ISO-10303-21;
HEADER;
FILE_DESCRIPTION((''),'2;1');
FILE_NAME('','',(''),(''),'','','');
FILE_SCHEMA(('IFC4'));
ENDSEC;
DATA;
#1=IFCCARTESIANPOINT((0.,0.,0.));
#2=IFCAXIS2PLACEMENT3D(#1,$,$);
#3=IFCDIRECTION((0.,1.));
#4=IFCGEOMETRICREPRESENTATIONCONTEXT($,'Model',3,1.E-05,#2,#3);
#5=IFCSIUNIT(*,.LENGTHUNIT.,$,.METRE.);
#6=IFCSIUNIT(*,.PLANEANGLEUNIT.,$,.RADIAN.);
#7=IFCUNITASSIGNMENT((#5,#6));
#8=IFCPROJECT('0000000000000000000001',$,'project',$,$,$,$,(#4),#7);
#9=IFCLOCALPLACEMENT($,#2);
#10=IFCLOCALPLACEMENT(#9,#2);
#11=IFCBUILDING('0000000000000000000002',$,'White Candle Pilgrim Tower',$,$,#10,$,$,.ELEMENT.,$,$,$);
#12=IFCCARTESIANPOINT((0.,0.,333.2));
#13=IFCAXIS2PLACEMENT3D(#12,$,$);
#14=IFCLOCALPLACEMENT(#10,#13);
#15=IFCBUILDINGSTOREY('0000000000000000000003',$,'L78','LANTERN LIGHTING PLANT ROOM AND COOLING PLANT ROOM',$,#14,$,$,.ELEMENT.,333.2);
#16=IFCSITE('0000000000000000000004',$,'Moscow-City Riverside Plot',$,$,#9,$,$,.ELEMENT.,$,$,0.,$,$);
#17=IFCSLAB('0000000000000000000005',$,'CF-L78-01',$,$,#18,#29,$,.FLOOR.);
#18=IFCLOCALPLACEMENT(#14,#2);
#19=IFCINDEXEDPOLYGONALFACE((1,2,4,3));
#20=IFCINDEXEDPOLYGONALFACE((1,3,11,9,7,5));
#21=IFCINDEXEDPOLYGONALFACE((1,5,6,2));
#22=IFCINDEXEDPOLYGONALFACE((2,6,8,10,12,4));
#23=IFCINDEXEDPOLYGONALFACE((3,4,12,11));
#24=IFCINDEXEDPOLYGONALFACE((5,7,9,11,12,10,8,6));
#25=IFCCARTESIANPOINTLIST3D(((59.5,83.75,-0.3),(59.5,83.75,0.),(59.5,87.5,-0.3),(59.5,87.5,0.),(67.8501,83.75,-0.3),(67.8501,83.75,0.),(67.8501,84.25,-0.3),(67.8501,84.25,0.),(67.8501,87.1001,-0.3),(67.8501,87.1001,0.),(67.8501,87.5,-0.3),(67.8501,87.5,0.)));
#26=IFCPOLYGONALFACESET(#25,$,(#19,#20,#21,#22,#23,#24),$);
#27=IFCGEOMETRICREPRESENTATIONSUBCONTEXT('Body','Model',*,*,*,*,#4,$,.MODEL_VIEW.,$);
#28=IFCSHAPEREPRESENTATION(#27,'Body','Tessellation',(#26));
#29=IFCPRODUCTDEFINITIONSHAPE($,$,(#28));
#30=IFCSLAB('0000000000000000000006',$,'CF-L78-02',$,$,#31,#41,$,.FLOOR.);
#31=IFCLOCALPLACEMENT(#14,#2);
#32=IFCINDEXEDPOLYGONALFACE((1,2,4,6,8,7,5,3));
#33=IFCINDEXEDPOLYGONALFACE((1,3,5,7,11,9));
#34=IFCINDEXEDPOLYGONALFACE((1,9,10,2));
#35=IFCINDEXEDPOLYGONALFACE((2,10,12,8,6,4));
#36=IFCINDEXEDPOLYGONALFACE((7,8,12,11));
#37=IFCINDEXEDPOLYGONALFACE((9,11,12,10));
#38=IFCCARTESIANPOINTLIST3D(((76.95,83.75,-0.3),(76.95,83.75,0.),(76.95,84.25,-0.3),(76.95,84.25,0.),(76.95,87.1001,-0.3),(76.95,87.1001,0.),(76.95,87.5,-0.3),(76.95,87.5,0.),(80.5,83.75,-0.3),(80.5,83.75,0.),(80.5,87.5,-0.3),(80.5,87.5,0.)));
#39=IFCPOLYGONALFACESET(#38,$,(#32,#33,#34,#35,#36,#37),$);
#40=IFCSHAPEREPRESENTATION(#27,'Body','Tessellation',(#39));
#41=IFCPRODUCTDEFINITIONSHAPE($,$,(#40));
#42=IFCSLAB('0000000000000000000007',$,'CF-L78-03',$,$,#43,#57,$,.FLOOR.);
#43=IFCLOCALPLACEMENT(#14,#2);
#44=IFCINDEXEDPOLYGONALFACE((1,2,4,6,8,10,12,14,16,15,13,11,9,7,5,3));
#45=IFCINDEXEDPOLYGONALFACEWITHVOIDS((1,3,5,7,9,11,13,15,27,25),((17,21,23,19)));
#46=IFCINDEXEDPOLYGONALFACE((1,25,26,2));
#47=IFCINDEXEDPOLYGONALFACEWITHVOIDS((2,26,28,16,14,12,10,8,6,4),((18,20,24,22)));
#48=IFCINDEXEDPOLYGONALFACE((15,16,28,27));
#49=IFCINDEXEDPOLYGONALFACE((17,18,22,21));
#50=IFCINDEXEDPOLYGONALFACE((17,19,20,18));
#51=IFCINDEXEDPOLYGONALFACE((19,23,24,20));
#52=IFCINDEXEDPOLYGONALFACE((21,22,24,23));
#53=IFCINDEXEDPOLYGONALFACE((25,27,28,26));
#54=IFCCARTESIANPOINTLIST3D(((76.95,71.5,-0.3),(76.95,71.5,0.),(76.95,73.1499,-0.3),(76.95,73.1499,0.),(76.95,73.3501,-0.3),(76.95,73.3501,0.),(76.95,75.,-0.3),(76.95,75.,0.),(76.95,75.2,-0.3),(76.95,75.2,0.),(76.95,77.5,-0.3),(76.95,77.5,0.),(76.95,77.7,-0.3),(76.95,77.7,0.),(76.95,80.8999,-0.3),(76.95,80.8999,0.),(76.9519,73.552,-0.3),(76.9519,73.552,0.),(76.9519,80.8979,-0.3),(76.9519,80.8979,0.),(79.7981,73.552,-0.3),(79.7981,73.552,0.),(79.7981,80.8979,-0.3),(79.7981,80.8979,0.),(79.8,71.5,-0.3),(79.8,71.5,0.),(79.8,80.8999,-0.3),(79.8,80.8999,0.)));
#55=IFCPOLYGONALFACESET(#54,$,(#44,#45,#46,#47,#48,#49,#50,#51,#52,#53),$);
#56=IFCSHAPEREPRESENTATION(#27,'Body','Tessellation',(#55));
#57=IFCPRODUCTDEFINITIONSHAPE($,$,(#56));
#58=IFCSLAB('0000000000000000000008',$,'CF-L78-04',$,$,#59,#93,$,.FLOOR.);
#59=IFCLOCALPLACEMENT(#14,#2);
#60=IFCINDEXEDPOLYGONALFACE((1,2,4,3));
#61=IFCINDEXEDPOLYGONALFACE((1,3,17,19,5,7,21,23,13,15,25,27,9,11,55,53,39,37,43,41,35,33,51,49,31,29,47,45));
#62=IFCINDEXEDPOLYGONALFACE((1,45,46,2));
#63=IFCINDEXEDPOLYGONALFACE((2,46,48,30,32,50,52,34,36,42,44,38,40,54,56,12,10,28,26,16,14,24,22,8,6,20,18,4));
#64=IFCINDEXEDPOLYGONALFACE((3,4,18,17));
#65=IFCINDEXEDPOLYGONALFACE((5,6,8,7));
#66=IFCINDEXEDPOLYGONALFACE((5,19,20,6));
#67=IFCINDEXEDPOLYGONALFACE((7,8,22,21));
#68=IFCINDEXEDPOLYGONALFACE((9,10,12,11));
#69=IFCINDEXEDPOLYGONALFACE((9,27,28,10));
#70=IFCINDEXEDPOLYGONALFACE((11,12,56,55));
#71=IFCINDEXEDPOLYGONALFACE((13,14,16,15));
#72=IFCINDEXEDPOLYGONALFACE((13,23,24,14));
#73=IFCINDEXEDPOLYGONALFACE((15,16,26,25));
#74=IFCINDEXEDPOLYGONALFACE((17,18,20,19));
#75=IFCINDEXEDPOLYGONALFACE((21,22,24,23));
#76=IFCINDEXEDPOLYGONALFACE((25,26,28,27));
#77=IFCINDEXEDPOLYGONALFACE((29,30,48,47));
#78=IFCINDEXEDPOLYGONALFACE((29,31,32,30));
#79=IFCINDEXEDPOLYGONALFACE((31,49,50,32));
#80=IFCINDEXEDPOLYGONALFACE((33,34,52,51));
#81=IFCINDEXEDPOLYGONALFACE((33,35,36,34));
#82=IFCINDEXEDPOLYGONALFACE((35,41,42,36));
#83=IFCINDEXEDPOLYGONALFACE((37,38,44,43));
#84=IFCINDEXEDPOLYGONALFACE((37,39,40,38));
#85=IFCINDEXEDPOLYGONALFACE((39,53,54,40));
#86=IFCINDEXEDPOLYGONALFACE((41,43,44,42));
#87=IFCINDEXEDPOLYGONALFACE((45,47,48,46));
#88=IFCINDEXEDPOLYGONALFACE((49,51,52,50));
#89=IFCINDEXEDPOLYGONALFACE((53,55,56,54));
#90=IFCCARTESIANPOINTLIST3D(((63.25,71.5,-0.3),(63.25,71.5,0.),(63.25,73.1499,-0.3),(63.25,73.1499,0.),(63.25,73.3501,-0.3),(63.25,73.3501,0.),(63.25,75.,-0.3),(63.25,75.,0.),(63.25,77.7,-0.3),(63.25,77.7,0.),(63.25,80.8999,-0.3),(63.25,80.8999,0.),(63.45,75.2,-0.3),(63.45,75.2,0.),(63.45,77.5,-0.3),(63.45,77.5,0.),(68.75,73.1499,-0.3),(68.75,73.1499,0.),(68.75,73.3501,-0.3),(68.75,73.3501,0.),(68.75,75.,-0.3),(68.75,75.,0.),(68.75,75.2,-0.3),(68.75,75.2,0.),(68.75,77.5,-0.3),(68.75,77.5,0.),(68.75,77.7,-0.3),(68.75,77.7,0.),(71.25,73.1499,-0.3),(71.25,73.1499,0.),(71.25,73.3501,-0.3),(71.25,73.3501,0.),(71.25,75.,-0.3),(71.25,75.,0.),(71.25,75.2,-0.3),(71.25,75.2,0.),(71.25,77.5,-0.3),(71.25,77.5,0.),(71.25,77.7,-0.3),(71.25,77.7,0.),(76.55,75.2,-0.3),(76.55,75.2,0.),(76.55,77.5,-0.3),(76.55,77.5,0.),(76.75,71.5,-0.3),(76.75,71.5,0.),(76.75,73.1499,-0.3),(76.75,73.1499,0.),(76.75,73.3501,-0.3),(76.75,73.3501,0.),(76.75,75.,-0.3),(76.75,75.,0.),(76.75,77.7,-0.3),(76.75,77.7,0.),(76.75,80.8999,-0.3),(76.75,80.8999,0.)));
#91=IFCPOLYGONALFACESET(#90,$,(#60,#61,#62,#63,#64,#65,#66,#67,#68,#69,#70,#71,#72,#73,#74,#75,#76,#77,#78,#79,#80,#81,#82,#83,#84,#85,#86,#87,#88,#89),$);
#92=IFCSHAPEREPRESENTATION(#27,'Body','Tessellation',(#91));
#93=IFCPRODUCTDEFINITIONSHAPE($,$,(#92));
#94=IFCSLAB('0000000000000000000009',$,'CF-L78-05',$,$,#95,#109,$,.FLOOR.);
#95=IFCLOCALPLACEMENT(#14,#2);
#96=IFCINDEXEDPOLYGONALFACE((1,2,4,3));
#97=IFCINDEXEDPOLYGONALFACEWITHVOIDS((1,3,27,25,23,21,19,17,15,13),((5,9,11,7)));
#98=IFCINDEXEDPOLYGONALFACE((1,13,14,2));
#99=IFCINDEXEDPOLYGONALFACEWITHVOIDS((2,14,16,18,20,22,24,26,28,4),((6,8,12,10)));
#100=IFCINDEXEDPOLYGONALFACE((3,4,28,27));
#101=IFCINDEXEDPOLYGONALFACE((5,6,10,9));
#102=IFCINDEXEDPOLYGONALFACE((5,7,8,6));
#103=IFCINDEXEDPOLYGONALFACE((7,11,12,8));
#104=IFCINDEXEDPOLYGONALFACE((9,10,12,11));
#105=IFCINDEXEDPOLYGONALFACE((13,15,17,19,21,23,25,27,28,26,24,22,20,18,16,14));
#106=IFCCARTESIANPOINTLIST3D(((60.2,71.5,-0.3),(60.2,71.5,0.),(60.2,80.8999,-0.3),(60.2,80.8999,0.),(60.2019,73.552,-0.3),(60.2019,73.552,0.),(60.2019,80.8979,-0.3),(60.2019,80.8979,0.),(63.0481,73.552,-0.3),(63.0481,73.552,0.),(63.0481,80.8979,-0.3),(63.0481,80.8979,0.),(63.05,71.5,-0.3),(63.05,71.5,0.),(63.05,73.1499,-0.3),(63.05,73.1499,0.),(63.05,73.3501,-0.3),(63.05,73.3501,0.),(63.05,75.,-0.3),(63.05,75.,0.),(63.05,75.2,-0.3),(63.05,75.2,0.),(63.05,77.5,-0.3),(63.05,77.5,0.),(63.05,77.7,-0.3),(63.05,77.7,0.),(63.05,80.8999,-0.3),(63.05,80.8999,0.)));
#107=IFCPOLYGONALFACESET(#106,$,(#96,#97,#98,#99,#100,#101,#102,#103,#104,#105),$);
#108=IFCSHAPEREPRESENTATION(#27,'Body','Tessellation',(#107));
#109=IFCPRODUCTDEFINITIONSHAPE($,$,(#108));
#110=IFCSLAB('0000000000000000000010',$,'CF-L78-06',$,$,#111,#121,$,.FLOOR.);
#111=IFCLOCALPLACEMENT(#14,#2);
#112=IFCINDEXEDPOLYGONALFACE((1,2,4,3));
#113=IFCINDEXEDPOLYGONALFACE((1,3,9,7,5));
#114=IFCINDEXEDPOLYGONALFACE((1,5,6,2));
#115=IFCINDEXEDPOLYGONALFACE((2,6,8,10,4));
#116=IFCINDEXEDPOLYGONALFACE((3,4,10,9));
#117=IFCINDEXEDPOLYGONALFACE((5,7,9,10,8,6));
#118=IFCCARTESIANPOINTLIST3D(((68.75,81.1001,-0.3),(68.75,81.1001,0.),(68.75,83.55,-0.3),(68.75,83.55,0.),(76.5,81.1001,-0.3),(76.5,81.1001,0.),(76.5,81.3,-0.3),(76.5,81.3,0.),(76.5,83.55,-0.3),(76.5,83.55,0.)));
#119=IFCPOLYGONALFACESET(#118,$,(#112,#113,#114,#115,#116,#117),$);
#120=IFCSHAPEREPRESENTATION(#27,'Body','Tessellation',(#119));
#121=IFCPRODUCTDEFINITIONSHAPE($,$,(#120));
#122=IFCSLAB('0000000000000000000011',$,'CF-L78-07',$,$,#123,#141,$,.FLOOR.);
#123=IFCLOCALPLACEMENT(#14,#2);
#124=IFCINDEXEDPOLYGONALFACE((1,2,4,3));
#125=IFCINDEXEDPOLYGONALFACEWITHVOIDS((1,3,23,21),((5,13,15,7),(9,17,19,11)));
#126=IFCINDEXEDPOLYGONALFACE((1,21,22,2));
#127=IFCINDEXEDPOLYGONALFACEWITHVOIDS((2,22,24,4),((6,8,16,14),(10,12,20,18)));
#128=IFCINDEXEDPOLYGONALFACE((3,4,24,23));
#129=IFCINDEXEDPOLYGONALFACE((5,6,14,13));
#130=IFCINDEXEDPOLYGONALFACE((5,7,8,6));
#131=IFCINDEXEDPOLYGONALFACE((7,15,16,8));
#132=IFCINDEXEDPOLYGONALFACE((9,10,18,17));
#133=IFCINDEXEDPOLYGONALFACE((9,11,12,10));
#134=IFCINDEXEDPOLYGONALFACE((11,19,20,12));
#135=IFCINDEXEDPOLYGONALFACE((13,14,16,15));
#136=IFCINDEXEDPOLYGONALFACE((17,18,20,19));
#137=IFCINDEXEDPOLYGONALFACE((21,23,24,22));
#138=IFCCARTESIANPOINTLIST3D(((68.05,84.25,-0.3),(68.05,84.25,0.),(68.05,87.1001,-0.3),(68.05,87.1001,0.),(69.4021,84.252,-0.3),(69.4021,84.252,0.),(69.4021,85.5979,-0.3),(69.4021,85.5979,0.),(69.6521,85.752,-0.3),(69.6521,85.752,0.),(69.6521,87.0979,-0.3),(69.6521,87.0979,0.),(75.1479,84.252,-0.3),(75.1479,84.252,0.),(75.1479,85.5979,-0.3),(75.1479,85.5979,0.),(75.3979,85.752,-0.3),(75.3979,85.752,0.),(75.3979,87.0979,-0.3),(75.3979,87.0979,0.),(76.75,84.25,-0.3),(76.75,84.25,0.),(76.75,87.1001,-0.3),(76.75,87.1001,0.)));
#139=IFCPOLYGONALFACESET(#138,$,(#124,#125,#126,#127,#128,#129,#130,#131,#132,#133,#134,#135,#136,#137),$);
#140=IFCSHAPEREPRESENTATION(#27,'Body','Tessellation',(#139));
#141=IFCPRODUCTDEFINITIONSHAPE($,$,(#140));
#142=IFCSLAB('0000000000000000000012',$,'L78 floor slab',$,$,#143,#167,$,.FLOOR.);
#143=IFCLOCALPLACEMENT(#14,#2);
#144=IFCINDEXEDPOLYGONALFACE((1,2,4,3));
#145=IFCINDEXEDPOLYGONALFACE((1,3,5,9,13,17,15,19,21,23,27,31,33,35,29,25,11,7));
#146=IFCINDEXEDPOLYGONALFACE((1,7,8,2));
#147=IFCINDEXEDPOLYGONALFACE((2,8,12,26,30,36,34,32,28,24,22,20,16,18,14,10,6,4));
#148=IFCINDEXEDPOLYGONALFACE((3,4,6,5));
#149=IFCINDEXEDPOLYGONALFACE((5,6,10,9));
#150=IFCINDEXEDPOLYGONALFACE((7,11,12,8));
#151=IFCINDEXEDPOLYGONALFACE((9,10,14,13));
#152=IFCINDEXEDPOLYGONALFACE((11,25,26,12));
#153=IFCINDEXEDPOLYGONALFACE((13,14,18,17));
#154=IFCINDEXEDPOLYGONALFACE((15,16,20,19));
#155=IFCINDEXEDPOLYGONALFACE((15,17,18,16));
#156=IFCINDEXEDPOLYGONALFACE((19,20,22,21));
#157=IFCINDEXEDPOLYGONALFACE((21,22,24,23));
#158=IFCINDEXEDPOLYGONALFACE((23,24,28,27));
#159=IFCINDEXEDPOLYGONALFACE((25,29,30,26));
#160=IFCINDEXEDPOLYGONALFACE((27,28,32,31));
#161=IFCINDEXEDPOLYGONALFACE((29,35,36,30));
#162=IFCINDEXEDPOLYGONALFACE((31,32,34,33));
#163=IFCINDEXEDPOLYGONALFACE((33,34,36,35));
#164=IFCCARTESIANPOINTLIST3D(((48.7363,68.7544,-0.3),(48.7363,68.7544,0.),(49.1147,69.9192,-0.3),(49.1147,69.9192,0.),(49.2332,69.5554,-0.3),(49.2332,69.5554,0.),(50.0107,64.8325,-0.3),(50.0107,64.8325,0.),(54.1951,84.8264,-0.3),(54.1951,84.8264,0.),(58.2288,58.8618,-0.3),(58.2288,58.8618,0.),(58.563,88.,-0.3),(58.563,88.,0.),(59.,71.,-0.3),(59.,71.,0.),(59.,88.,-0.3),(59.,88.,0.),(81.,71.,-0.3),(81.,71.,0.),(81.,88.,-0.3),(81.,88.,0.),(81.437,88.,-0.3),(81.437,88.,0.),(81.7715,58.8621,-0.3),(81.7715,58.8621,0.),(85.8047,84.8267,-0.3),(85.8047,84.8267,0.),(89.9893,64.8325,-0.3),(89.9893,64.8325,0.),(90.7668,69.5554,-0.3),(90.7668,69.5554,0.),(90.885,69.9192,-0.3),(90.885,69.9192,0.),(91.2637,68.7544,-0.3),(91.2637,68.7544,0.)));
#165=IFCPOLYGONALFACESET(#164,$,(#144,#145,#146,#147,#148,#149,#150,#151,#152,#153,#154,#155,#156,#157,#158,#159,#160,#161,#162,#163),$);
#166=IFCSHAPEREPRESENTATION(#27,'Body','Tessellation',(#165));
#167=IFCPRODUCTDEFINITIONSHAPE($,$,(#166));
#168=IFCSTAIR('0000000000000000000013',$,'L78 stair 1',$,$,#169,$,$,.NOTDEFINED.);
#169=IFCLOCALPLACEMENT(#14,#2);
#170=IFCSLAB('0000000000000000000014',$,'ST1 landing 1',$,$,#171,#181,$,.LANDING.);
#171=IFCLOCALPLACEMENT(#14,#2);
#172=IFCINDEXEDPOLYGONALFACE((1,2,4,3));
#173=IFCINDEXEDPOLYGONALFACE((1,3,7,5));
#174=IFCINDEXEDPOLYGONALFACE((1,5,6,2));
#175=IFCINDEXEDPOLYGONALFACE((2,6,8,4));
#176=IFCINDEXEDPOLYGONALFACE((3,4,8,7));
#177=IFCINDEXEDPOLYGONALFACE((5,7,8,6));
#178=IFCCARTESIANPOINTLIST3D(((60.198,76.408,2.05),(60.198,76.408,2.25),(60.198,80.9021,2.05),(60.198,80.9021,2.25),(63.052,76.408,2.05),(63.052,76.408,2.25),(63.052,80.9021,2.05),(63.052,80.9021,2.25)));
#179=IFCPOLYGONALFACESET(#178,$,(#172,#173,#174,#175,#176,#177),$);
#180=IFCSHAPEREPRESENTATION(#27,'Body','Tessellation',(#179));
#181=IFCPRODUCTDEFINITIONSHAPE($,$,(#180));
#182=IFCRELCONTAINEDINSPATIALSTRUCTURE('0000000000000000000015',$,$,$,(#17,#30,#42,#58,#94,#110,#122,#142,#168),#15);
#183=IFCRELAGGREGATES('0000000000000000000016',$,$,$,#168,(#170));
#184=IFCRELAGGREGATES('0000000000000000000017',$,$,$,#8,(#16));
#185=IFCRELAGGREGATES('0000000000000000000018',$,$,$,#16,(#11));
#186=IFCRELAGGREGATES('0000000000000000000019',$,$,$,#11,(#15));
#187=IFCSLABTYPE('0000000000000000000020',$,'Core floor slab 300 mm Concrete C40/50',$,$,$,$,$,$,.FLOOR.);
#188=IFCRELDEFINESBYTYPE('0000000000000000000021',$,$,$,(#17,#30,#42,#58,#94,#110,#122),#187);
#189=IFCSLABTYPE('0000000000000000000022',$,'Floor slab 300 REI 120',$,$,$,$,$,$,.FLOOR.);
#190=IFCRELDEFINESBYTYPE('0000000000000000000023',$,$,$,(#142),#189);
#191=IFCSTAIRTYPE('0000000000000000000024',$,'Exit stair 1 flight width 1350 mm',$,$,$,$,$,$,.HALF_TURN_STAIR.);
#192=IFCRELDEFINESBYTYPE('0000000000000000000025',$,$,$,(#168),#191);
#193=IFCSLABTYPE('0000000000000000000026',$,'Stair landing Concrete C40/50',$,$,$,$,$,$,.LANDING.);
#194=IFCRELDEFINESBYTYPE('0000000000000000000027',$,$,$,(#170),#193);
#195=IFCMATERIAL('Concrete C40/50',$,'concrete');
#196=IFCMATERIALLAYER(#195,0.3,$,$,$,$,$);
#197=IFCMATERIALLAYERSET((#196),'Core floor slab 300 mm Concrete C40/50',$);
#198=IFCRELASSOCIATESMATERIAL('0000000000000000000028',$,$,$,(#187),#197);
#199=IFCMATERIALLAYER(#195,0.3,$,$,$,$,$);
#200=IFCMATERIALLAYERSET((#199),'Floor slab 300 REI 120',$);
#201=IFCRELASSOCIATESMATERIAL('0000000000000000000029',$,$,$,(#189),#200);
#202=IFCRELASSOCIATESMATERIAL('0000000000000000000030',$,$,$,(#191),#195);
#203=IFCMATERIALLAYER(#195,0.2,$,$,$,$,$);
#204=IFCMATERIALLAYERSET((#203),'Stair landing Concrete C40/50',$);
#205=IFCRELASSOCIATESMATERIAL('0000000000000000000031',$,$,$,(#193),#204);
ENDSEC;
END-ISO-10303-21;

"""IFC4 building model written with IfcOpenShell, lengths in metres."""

from ifc_helpers import new_model, si_unit, direction, frame, origin, place, context, subcontext, project, spatial, polyline, outline, extrude, material, layer, layer_set, type_object, element, aggregate, save


model = new_model("IFC4")

# Units and contexts
model_context = context("Model", 3, precision=1e-05, world=origin(), true_north=direction((0.0, 1.0)))
body_context = subcontext(model_context, "Body", "Model", "MODEL_VIEW")
ifc_project = project(units=[si_unit("LENGTHUNIT", "METRE"), si_unit("PLANEANGLEUNIT", "RADIAN")], contexts=[model_context])

# Site, building, storey
site_placement = place(None, origin())
site = spatial("IfcSite", under=ifc_project, at=site_placement, Name="Moscow-City Riverside Plot", CompositionType="ELEMENT", RefElevation=0.0)
building_placement = place(site_placement, origin())
building = spatial("IfcBuilding", under=site, at=building_placement, Name="White Candle Pilgrim Tower", CompositionType="ELEMENT")
storey_placement = place(building_placement, frame((0.0, 0.0, 333.2)))
storey = spatial("IfcBuildingStorey", under=building, at=storey_placement, Name="L78", Description="LANTERN LIGHTING PLANT ROOM AND COOLING PLANT ROOM", CompositionType="ELEMENT", Elevation=333.2)

# Slabs
ifc_material_1 = material(Name="Concrete C40/50", Category="concrete")
ifc_layer_1 = layer(ifc_material_1, 0.3)
ifc_layer_set_1 = layer_set([ifc_layer_1], Name="Core floor slab 300 mm Concrete C40/50")
slab_type_1 = type_object("IfcSlabType", Name="Core floor slab 300 mm Concrete C40/50", PredefinedType="FLOOR", material=ifc_layer_set_1)
slab_1_placement = place(storey_placement, frame((0.0, 0.0, -0.3)))
element("IfcSlab", 1, at=slab_1_placement, inside=storey, type_object=slab_type_1, Name="CF-L78-01", PredefinedType="FLOOR", context=body_context, shape_type="SweptSolid", body=[
    extrude(outline(polyline([(67.8501, 87.5), (67.8501, 87.1001), (67.8501, 84.25), (67.8501, 83.75), (59.5, 83.75), (59.5, 87.5), (67.8501, 87.5)])), origin(), (0.0, 0.0, 1.0), 0.3),
])
slab_2_placement = place(storey_placement, frame((0.0, 0.0, -0.3)))
element("IfcSlab", 2, at=slab_2_placement, inside=storey, type_object=slab_type_1, Name="CF-L78-02", PredefinedType="FLOOR", context=body_context, shape_type="SweptSolid", body=[
    extrude(outline(polyline([(80.5, 87.5), (80.5, 83.75), (76.95, 83.75), (76.95, 84.25), (76.95, 87.1001), (76.95, 87.5), (80.5, 87.5)])), origin(), (0.0, 0.0, 1.0), 0.3),
])
slab_3_placement = place(storey_placement, frame((0.0, 0.0, -0.3)))
element("IfcSlab", 3, at=slab_3_placement, inside=storey, type_object=slab_type_1, Name="CF-L78-03", PredefinedType="FLOOR", context=body_context, shape_type="SweptSolid", body=[
    extrude(outline(polyline([(76.95, 71.5), (76.95, 73.1499), (76.95, 73.3501), (76.95, 75.0), (76.95, 75.2), (76.95, 77.5), (76.95, 77.7), (76.95, 80.8999), (79.8, 80.8999), (79.8, 71.5), (76.95, 71.5)]), holes=[polyline([(76.9519, 73.552), (79.7981, 73.552), (79.7981, 80.8979), (76.9519, 80.8979), (76.9519, 73.552)])]), origin(), (0.0, 0.0, 1.0), 0.3),
])
slab_4_placement = place(storey_placement, frame((0.0, 0.0, -0.3)))
element("IfcSlab", 4, at=slab_4_placement, inside=storey, type_object=slab_type_1, Name="CF-L78-04", PredefinedType="FLOOR", context=body_context, shape_type="SweptSolid", body=[
    extrude(outline(polyline([(63.25, 71.5), (63.25, 73.1499), (68.75, 73.1499), (68.75, 73.3501), (63.25, 73.3501), (63.25, 75.0), (68.75, 75.0), (68.75, 75.2), (63.45, 75.2), (63.45, 77.5), (68.75, 77.5), (68.75, 77.7), (63.25, 77.7), (63.25, 80.8999), (76.75, 80.8999), (76.75, 77.7), (71.25, 77.7), (71.25, 77.5), (76.55, 77.5), (76.55, 75.2), (71.25, 75.2), (71.25, 75.0), (76.75, 75.0), (76.75, 73.3501), (71.25, 73.3501), (71.25, 73.1499), (76.75, 73.1499), (76.75, 71.5), (63.25, 71.5)])), origin(), (0.0, 0.0, 1.0), 0.3),
])
slab_5_placement = place(storey_placement, frame((0.0, 0.0, -0.3)))
element("IfcSlab", 5, at=slab_5_placement, inside=storey, type_object=slab_type_1, Name="CF-L78-05", PredefinedType="FLOOR", context=body_context, shape_type="SweptSolid", body=[
    extrude(outline(polyline([(60.2, 71.5), (60.2, 80.8999), (63.05, 80.8999), (63.05, 77.7), (63.05, 77.5), (63.05, 75.2), (63.05, 75.0), (63.05, 73.3501), (63.05, 73.1499), (63.05, 71.5), (60.2, 71.5)]), holes=[polyline([(63.0481, 73.552), (63.0481, 80.8979), (60.2019, 80.8979), (60.2019, 73.552), (63.0481, 73.552)])]), origin(), (0.0, 0.0, 1.0), 0.3),
])
slab_6_placement = place(storey_placement, frame((0.0, 0.0, -0.3)))
element("IfcSlab", 6, at=slab_6_placement, inside=storey, type_object=slab_type_1, Name="CF-L78-06", PredefinedType="FLOOR", context=body_context, shape_type="SweptSolid", body=[
    extrude(outline(polyline([(68.75, 83.55), (76.5, 83.55), (76.5, 81.3), (76.5, 81.1001), (68.75, 81.1001), (68.75, 83.55)])), origin(), (0.0, 0.0, 1.0), 0.3),
])
slab_7_placement = place(storey_placement, frame((0.0, 0.0, -0.3)))
element("IfcSlab", 7, at=slab_7_placement, inside=storey, type_object=slab_type_1, Name="CF-L78-07", PredefinedType="FLOOR", context=body_context, shape_type="SweptSolid", body=[
    extrude(outline(polyline([(68.05, 87.1001), (76.75, 87.1001), (76.75, 84.25), (68.05, 84.25), (68.05, 87.1001)]), holes=[polyline([(69.4021, 84.252), (75.1479, 84.252), (75.1479, 85.5979), (69.4021, 85.5979), (69.4021, 84.252)]), polyline([(69.6521, 87.0979), (69.6521, 85.752), (75.3979, 85.752), (75.3979, 87.0979), (69.6521, 87.0979)])]), origin(), (0.0, 0.0, 1.0), 0.3),
])
ifc_layer_2 = layer(ifc_material_1, 0.3)
ifc_layer_set_2 = layer_set([ifc_layer_2], Name="Floor slab 300 REI 120")
slab_type_2 = type_object("IfcSlabType", Name="Floor slab 300 REI 120", PredefinedType="FLOOR", material=ifc_layer_set_2)
slab_8_placement = place(storey_placement, frame((0.0, 0.0, -0.3)))
element("IfcSlab", 8, at=slab_8_placement, inside=storey, type_object=slab_type_2, Name="L78 floor slab", PredefinedType="FLOOR", context=body_context, shape_type="SweptSolid", body=[
    extrude(outline(polyline([(58.2288, 58.8618), (81.7715, 58.8621), (89.9893, 64.8325), (91.2637, 68.7544), (90.885, 69.9192), (90.7668, 69.5554), (85.8047, 84.8267), (81.437, 88.0), (81.0, 88.0), (81.0, 71.0), (59.0, 71.0), (59.0, 88.0), (58.563, 88.0), (54.1951, 84.8264), (49.2332, 69.5554), (49.1147, 69.9192), (48.7363, 68.7544), (50.0107, 64.8325), (58.2288, 58.8618)])), origin(), (0.0, 0.0, 1.0), 0.3),
])

# Stair, slab
stair_type_1 = type_object("IfcStairType", Name="Exit stair 1 flight width 1350 mm", PredefinedType="HALF_TURN_STAIR", material=ifc_material_1)
stair_1_placement = place(storey_placement, origin())
stair_1 = element("IfcStair", 9, at=stair_1_placement, inside=storey, type_object=stair_type_1, Name="L78 stair 1", PredefinedType="NOTDEFINED")
ifc_layer_3 = layer(ifc_material_1, 0.2)
ifc_layer_set_3 = layer_set([ifc_layer_3], Name="Stair landing Concrete C40/50")
slab_type_3 = type_object("IfcSlabType", Name="Stair landing Concrete C40/50", PredefinedType="LANDING", material=ifc_layer_set_3)
slab_9_placement = place(storey_placement, frame((0.0, 0.0, 2.05)))
slab_9 = element("IfcSlab", 10, at=slab_9_placement, type_object=slab_type_3, Name="ST1 landing 1", PredefinedType="LANDING", context=body_context, shape_type="SweptSolid", body=[
    extrude(outline(polyline([(63.052, 76.408), (60.198, 76.408), (60.198, 80.9021), (63.052, 80.9021), (63.052, 76.408)])), origin(), (0.0, 0.0, 1.0), 0.2),
])
aggregate(stair_1, [slab_9])

save(model, "model.ifc")
